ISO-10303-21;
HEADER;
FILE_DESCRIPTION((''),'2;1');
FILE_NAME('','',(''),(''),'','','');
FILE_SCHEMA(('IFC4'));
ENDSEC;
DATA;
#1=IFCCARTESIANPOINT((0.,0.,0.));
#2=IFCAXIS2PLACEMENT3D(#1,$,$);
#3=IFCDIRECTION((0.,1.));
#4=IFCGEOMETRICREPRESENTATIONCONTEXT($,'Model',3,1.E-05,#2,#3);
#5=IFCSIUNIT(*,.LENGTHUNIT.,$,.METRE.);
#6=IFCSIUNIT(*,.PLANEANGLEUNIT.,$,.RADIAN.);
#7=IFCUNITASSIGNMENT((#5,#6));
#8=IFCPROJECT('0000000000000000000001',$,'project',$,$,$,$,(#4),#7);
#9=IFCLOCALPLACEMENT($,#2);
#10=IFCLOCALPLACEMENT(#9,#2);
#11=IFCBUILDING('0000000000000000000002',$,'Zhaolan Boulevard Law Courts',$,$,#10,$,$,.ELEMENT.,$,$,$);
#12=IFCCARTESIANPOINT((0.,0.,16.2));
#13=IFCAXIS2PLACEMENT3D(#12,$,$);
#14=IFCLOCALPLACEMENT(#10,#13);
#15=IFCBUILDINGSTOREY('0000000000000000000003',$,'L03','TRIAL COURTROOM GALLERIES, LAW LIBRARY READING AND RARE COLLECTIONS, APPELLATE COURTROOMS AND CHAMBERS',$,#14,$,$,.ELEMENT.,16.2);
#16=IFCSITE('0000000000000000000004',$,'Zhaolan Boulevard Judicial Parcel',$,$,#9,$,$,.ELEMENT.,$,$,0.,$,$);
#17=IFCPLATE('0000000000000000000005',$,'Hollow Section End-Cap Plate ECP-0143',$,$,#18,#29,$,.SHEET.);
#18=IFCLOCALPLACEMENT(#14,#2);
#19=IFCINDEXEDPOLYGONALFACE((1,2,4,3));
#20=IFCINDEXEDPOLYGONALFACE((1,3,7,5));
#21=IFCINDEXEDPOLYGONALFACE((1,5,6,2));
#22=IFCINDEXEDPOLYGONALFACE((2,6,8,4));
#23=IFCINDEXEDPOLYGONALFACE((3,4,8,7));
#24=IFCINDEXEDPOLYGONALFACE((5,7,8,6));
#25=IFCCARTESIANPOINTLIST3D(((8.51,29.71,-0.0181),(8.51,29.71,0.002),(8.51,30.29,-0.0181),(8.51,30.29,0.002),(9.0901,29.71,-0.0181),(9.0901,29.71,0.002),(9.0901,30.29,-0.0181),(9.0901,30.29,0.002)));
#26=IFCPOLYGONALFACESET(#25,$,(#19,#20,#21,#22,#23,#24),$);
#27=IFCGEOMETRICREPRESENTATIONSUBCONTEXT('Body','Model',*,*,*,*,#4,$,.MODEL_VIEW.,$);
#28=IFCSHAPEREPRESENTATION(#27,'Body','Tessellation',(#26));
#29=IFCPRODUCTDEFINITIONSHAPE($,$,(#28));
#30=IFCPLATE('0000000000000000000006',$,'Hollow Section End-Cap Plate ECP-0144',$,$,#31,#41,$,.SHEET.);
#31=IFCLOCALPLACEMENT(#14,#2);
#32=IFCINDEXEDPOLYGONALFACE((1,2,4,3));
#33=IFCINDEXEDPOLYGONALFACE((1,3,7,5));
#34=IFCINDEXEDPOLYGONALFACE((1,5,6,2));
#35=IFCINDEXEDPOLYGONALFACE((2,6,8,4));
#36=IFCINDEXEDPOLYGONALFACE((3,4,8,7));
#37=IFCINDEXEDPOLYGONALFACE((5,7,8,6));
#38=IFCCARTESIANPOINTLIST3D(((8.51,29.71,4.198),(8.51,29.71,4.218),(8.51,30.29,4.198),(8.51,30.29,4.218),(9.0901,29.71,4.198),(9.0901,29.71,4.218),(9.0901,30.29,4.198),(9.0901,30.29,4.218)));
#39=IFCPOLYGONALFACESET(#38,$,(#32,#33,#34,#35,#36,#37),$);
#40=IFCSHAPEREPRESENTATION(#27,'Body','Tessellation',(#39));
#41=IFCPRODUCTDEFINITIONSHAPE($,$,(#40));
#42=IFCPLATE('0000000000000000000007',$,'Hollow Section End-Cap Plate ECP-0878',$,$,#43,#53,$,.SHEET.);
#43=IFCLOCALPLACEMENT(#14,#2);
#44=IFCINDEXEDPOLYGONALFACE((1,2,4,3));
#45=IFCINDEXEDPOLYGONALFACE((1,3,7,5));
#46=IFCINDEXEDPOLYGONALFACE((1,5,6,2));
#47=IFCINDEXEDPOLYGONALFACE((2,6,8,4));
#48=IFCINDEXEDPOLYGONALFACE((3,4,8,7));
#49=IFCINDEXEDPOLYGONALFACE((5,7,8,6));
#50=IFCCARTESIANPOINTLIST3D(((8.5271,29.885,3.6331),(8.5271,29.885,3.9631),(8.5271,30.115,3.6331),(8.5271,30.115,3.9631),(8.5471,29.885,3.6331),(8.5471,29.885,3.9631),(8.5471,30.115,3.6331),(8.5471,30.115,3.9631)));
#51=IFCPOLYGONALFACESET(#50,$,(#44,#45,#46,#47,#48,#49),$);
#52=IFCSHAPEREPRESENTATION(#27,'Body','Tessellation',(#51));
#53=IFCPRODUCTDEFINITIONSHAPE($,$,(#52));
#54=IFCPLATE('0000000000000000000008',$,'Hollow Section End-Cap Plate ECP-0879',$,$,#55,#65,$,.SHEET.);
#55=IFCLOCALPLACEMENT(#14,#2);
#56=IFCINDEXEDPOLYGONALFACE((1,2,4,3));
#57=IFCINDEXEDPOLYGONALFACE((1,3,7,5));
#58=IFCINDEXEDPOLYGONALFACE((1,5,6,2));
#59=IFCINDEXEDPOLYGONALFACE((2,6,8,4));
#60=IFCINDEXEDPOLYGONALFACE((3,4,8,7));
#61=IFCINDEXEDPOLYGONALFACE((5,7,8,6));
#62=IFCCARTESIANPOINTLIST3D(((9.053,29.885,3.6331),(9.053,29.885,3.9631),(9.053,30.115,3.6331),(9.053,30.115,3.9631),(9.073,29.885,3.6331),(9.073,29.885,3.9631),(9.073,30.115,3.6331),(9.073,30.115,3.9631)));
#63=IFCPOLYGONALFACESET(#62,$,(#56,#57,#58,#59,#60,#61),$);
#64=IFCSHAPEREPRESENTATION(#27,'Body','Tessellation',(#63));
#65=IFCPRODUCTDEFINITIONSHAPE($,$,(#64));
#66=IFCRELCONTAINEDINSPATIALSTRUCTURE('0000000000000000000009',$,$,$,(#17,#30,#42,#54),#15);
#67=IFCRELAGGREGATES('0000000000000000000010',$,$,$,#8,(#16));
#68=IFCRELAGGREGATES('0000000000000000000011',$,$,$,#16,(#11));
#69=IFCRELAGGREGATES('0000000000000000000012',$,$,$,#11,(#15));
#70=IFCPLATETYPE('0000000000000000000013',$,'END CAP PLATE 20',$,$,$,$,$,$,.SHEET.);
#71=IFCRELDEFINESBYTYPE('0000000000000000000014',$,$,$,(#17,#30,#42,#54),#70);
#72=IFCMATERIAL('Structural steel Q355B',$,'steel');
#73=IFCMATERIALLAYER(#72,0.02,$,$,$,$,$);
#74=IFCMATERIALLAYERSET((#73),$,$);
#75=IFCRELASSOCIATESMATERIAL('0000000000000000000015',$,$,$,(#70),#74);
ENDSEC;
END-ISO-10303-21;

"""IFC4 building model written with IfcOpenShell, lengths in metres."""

from ifc_helpers import new_model, si_unit, direction, frame, origin, origin_2d, place, context, subcontext, project, spatial, rectangle, extrude, material, layer, layer_set, type_object, element, save


model = new_model("IFC4")

# Units and contexts
model_context = context("Model", 3, precision=1e-05, world=origin(), true_north=direction((0.0, 1.0)))
body_context = subcontext(model_context, "Body", "Model", "MODEL_VIEW")
ifc_project = project(units=[si_unit("LENGTHUNIT", "METRE"), si_unit("PLANEANGLEUNIT", "RADIAN")], contexts=[model_context])

# Site, building, storey
site_placement = place(None, origin())
site = spatial("IfcSite", under=ifc_project, at=site_placement, Name="Zhaolan Boulevard Judicial Parcel", CompositionType="ELEMENT", RefElevation=0.0)
building_placement = place(site_placement, origin())
building = spatial("IfcBuilding", under=site, at=building_placement, Name="Zhaolan Boulevard Law Courts", CompositionType="ELEMENT")
storey_placement = place(building_placement, frame((0.0, 0.0, 16.2)))
storey = spatial("IfcBuildingStorey", under=building, at=storey_placement, Name="L03", Description="TRIAL COURTROOM GALLERIES, LAW LIBRARY READING AND RARE COLLECTIONS, APPELLATE COURTROOMS AND CHAMBERS", CompositionType="ELEMENT", Elevation=16.2)

# Plates
ifc_material_1 = material(Name="Structural steel Q355B", Category="steel")
ifc_layer_1 = layer(ifc_material_1, 0.02)
ifc_layer_set_1 = layer_set([ifc_layer_1])
plate_type_1 = type_object("IfcPlateType", Name="END CAP PLATE 20", PredefinedType="SHEET", material=ifc_layer_set_1)
for number, where, z_axis, x_axis, name in (
    (1, (8.8, 30.0, -0.0181), (0.0, 0.0, 1.0), (1.0, 0.0, 0.0), "Hollow Section End-Cap Plate ECP-0143"),
    (2, (8.8, 30.0, 4.198), (0.0, 0.0, 1.0), (1.0, 0.0, 0.0), "Hollow Section End-Cap Plate ECP-0144"),
):
    element("IfcPlate", number, at=place(storey_placement, frame(where, z_axis=z_axis, x_axis=x_axis)), inside=storey, type_object=plate_type_1, Name=name, PredefinedType="SHEET", context=body_context, shape_type="SweptSolid", body=[
        extrude(rectangle(XDim=0.5801, YDim=0.5801, at=origin_2d()), origin(), (0.0, 0.0, 1.0), 0.02),
    ])
for number, where, z_axis, x_axis, name in (
    (3, (8.5371, 30.0, 3.6331), (0.0, 0.0, 1.0), (1.0, 0.0, 0.0), "Hollow Section End-Cap Plate ECP-0878"),
    (4, (9.063, 30.0, 3.6331), (0.0, 0.0, 1.0), (1.0, 0.0, 0.0), "Hollow Section End-Cap Plate ECP-0879"),
):
    element("IfcPlate", number, at=place(storey_placement, frame(where, z_axis=z_axis, x_axis=x_axis)), inside=storey, type_object=plate_type_1, Name=name, PredefinedType="SHEET", context=body_context, shape_type="SweptSolid", body=[
        extrude(rectangle(XDim=0.02, YDim=0.23, at=origin_2d()), origin(), (0.0, 0.0, 1.0), 0.3301),
    ])

save(model, "model.ifc")
